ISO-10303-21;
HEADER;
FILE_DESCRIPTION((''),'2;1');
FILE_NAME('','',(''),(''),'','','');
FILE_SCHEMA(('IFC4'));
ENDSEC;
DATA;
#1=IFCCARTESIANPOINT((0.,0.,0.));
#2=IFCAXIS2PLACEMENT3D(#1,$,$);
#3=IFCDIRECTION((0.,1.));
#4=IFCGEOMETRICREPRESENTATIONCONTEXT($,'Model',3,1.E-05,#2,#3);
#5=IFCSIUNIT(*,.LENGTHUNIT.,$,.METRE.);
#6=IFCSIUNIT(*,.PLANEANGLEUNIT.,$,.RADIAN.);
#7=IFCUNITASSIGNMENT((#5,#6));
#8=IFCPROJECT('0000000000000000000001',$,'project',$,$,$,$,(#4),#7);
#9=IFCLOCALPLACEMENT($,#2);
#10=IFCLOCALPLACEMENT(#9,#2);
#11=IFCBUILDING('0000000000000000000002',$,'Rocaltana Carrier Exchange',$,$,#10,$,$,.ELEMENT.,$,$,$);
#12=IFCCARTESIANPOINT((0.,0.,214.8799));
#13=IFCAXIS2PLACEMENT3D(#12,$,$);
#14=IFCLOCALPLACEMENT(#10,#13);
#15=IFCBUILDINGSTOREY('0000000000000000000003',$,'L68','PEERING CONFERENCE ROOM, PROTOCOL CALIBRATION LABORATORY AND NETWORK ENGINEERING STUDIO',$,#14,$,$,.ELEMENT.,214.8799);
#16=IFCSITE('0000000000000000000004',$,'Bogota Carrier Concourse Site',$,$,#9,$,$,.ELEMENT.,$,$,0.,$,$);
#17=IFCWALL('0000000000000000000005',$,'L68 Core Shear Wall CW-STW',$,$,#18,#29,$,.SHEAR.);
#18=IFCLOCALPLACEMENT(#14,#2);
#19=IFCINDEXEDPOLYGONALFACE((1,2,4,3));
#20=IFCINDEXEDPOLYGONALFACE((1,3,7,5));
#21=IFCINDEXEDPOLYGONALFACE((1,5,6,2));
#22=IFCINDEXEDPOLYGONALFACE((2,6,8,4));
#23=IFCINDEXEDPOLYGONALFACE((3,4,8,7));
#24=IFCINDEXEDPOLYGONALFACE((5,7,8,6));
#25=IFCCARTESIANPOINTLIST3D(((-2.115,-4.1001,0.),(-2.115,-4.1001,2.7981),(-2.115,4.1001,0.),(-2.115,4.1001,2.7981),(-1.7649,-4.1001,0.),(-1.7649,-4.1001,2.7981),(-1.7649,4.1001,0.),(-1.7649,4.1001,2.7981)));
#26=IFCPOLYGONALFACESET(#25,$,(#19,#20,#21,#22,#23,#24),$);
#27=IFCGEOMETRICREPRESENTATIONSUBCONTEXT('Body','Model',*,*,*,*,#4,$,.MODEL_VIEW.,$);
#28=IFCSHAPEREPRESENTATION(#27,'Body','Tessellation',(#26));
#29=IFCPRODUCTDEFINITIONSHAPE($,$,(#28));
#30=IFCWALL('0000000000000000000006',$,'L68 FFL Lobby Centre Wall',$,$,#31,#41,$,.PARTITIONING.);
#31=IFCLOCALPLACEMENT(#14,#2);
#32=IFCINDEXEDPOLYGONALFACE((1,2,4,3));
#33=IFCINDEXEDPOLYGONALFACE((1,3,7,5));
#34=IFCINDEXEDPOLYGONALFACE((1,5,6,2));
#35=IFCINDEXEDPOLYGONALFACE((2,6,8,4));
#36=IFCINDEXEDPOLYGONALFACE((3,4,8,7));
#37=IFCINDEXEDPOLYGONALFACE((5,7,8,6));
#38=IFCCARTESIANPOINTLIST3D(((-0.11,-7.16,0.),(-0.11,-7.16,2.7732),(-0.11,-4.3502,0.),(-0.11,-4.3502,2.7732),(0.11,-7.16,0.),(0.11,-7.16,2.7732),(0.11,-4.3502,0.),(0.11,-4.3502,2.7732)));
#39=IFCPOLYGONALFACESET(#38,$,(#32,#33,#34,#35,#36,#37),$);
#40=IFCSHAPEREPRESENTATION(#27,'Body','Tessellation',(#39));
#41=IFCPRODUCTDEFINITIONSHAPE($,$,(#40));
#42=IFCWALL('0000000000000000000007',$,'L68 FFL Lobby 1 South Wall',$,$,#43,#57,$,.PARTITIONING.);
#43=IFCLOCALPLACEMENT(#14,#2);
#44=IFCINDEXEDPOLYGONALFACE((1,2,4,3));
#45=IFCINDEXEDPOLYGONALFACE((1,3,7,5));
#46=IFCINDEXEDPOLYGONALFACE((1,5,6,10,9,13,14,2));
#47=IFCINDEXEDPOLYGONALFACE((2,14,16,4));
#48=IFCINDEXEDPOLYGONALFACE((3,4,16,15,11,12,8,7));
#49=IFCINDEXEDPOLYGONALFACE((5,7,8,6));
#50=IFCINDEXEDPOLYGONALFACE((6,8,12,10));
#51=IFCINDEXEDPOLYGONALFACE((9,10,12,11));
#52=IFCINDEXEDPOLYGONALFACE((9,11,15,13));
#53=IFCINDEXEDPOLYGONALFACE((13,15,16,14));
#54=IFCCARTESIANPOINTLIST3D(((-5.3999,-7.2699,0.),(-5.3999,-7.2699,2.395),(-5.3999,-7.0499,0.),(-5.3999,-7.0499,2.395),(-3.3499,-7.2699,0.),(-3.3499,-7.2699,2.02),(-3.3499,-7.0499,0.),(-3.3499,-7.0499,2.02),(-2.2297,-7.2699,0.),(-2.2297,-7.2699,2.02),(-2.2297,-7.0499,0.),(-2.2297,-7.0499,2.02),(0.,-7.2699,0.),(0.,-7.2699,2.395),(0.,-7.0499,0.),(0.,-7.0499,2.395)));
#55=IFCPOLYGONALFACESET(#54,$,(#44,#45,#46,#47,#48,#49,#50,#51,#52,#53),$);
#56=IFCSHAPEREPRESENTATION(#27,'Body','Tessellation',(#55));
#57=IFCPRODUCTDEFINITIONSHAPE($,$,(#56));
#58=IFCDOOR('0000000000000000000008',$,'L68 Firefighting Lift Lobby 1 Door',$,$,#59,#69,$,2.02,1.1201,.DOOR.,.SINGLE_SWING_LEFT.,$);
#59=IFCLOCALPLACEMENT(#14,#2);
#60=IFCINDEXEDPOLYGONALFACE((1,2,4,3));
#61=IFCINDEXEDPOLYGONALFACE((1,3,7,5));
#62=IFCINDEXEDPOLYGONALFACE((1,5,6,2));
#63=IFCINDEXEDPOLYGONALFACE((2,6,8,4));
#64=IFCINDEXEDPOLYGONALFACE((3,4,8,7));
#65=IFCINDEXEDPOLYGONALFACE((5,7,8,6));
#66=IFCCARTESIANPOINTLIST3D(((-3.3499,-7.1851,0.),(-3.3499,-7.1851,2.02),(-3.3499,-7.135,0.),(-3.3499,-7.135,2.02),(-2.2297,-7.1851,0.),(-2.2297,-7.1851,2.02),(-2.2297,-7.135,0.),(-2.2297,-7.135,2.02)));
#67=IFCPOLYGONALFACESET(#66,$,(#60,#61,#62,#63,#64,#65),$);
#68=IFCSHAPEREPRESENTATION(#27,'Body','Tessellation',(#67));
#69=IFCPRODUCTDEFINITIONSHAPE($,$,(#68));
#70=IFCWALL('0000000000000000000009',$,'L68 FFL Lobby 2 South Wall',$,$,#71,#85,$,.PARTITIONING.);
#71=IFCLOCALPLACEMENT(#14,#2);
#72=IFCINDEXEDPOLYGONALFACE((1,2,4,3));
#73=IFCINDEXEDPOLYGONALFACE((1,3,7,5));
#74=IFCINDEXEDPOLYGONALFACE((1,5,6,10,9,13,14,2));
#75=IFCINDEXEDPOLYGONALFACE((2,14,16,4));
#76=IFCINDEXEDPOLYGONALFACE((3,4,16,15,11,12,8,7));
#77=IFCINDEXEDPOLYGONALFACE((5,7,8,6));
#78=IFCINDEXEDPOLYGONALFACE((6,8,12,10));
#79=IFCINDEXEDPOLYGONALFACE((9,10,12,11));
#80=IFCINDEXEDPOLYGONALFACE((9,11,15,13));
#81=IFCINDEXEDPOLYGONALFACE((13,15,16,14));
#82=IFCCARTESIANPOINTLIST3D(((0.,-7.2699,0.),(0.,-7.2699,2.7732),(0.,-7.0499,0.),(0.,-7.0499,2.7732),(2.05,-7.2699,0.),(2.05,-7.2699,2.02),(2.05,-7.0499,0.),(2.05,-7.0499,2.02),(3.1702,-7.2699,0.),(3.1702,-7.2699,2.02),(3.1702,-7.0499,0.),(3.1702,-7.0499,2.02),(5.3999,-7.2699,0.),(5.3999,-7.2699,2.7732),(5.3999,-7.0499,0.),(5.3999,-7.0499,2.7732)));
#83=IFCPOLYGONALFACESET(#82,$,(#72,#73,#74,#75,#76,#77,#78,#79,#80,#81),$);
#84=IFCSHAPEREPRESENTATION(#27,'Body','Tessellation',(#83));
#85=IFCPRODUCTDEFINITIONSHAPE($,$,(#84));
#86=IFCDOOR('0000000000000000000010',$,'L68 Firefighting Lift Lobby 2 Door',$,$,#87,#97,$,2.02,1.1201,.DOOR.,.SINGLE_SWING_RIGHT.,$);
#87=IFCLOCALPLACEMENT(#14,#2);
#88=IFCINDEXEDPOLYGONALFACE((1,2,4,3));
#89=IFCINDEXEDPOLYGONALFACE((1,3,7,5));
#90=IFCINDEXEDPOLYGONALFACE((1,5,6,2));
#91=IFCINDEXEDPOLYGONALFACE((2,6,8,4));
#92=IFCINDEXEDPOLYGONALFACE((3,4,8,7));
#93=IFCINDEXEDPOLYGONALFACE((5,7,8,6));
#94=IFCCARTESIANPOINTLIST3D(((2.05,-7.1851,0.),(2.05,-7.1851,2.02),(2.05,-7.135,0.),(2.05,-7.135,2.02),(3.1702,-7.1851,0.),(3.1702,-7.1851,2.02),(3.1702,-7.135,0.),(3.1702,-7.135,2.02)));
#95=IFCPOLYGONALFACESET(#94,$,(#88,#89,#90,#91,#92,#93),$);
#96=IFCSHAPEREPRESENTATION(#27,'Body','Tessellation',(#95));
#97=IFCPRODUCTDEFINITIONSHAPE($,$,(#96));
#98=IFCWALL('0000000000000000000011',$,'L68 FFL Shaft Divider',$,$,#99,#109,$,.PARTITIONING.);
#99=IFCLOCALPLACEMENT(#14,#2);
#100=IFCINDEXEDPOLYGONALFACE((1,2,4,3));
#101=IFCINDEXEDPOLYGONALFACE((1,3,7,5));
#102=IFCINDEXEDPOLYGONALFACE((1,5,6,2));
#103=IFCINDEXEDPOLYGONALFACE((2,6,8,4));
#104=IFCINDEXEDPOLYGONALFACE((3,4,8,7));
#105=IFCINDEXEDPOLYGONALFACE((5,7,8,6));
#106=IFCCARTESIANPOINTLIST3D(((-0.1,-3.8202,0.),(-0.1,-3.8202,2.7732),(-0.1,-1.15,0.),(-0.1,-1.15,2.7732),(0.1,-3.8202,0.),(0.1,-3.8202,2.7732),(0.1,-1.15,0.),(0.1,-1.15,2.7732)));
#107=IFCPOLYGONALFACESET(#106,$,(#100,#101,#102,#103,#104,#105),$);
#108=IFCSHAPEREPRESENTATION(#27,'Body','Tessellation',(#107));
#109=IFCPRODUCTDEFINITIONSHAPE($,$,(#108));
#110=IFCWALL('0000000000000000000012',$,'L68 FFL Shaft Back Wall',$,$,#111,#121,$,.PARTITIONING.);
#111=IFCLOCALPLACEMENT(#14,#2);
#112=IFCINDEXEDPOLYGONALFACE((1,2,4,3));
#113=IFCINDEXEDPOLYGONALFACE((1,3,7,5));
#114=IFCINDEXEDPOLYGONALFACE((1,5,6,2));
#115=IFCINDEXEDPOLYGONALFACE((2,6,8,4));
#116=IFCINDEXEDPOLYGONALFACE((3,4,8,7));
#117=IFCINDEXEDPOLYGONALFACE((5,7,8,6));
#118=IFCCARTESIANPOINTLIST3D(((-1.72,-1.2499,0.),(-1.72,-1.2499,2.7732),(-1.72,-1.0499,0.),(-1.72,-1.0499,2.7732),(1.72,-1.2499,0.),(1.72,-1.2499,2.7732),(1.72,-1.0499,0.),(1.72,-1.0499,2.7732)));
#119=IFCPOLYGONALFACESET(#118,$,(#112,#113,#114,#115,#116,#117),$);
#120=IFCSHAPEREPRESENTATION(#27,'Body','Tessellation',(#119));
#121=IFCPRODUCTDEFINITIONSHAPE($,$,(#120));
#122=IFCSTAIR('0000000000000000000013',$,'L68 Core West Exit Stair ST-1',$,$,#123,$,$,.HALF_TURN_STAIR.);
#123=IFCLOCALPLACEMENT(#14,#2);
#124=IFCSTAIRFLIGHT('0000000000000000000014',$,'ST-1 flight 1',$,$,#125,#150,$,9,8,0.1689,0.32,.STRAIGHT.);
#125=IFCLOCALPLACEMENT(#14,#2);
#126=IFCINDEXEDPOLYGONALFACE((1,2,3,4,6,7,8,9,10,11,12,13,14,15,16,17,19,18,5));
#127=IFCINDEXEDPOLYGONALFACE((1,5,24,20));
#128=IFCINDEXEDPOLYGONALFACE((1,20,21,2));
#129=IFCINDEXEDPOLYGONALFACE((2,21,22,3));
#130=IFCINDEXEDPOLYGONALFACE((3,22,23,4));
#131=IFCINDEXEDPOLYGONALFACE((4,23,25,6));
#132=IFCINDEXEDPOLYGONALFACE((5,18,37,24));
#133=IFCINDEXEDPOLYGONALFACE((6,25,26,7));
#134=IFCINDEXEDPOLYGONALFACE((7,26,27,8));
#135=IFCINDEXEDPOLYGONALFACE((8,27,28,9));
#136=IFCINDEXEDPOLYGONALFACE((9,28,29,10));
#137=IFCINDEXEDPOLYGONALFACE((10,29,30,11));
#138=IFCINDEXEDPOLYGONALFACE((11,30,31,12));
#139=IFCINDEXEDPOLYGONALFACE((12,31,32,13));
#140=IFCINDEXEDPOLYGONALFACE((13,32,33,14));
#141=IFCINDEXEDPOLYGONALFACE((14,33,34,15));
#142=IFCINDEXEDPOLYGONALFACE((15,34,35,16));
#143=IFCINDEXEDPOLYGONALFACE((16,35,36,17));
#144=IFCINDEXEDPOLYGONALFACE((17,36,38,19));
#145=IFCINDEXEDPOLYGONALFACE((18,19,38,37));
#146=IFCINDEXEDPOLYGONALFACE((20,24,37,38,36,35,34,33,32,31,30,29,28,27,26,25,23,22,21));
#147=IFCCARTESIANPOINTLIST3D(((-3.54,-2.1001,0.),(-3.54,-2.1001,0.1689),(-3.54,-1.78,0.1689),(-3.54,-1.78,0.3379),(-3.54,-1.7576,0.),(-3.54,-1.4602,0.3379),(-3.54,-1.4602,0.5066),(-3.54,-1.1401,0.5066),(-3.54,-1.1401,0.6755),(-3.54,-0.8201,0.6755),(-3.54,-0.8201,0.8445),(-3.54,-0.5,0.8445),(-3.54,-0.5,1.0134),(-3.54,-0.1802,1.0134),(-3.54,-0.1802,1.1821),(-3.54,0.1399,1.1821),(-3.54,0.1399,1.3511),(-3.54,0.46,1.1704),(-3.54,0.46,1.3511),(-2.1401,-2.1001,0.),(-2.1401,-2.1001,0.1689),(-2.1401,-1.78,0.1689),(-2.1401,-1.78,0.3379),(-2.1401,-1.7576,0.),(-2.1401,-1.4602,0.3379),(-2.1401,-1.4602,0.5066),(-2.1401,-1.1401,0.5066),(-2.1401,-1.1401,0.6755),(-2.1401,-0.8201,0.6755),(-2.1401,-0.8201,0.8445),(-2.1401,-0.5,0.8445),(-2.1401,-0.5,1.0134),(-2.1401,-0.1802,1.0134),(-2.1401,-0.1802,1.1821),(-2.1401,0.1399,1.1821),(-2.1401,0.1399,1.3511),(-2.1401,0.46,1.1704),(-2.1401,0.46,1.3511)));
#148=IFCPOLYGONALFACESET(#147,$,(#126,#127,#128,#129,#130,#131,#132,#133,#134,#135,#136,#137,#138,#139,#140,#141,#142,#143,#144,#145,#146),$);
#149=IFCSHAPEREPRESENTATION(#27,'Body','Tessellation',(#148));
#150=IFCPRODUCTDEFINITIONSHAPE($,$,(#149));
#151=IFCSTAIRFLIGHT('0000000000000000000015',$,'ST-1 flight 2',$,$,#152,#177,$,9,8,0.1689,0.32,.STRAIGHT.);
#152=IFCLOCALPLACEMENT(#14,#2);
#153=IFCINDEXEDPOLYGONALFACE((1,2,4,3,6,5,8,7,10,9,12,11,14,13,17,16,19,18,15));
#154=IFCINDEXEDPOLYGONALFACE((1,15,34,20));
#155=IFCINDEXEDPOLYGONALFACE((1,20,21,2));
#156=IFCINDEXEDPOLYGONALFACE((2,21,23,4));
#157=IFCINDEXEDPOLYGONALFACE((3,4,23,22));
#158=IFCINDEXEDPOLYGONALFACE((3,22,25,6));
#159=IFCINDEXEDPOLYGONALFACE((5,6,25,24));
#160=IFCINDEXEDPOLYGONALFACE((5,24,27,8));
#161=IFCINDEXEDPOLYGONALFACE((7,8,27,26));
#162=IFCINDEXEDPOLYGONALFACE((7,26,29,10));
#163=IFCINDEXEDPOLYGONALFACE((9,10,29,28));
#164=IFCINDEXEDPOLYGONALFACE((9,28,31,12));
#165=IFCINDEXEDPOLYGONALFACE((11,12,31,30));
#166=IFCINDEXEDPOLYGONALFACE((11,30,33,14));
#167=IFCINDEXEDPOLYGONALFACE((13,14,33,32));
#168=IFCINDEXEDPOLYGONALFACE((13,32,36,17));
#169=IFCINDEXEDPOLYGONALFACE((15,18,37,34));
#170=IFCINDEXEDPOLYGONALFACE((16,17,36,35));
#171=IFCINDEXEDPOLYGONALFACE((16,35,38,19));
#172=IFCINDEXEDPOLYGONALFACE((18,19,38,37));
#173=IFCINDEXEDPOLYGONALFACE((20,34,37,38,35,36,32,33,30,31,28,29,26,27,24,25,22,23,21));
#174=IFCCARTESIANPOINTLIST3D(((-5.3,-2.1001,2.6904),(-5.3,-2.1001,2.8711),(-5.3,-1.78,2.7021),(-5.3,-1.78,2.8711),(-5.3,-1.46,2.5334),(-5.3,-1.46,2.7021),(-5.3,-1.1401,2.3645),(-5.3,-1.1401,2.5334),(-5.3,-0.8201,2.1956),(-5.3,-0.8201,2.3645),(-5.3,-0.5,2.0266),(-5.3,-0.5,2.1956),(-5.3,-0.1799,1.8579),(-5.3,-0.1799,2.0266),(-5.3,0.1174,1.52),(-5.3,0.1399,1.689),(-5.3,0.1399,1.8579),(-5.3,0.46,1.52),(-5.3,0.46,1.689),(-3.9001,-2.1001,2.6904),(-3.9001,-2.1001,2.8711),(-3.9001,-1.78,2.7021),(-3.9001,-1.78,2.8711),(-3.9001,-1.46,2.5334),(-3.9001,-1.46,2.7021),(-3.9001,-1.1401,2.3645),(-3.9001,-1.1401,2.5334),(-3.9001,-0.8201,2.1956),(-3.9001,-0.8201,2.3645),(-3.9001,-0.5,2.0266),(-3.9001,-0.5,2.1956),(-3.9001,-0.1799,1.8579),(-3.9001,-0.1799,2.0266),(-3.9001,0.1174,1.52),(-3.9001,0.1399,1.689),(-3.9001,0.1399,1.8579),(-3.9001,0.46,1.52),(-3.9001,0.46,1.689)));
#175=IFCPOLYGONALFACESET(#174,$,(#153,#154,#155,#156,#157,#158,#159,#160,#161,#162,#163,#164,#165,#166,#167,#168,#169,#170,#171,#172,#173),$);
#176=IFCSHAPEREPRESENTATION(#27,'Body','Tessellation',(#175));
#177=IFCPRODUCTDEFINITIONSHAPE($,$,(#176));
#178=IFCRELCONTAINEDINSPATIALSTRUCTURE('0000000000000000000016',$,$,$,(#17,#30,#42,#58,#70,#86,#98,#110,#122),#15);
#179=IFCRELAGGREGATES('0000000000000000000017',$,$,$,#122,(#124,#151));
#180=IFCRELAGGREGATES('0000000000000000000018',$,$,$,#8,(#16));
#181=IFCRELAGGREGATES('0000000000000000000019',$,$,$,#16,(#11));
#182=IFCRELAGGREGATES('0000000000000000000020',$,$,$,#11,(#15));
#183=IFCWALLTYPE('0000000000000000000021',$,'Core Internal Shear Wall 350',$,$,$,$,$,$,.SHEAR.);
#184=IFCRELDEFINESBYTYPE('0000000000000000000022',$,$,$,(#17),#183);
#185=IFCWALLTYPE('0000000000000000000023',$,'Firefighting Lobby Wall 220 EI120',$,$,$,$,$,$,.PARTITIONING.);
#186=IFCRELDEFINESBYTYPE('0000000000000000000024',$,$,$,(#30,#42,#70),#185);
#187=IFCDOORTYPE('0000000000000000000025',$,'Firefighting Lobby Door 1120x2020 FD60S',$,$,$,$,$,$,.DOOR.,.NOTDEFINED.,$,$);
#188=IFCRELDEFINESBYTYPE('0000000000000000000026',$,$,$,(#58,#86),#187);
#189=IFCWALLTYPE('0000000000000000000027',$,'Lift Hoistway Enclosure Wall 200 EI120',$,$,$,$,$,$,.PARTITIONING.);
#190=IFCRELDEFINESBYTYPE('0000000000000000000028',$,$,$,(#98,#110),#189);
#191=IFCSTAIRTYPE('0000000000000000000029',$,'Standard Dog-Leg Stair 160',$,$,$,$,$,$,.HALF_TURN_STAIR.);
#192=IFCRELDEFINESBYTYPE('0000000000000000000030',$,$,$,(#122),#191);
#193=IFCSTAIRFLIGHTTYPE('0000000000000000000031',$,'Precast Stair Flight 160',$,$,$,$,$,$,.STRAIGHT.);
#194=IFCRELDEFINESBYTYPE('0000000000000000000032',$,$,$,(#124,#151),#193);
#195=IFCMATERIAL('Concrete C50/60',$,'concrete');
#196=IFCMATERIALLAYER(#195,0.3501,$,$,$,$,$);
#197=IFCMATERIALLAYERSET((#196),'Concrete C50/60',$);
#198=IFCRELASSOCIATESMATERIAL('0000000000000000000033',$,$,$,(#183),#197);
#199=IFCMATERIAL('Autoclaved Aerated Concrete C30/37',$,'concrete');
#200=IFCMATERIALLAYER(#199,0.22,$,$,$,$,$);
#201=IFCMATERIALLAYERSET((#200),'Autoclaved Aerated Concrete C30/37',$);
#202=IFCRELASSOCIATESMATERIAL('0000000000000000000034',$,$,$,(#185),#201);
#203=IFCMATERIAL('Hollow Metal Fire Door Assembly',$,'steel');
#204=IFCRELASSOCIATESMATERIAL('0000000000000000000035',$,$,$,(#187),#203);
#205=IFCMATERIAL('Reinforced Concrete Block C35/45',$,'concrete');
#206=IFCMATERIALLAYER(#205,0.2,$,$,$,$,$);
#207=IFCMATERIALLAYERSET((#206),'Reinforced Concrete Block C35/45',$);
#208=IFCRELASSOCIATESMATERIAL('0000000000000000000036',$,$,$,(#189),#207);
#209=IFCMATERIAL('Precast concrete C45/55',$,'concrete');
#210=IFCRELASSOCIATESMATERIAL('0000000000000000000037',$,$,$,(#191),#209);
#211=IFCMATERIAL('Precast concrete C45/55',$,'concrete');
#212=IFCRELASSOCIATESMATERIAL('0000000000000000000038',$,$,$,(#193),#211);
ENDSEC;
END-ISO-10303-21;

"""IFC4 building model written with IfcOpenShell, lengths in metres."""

from ifc_helpers import new_model, si_unit, direction, frame, frame_2d, origin, place, context, subcontext, project, spatial, polyline, rectangle, outline, extrude, material, layer, layer_set, type_object, element, fill, aggregate, save


model = new_model("IFC4")

# Units and contexts
model_context = context("Model", 3, precision=1e-05, world=origin(), true_north=direction((0.0, 1.0)))
body_context = subcontext(model_context, "Body", "Model", "MODEL_VIEW")
ifc_project = project(units=[si_unit("LENGTHUNIT", "METRE"), si_unit("PLANEANGLEUNIT", "RADIAN")], contexts=[model_context])

# Site, building, storey
site_placement = place(None, origin())
site = spatial("IfcSite", under=ifc_project, at=site_placement, Name="Bogota Carrier Concourse Site", CompositionType="ELEMENT", RefElevation=0.0)
building_placement = place(site_placement, origin())
building = spatial("IfcBuilding", under=site, at=building_placement, Name="Rocaltana Carrier Exchange", CompositionType="ELEMENT")
storey_placement = place(building_placement, frame((0.0, 0.0, 214.8799)))
storey = spatial("IfcBuildingStorey", under=building, at=storey_placement, Name="L68", Description="PEERING CONFERENCE ROOM, PROTOCOL CALIBRATION LABORATORY AND NETWORK ENGINEERING STUDIO", CompositionType="ELEMENT", Elevation=214.8799)

# Walls
ifc_material_1 = material(Name="Concrete C50/60", Category="concrete")
ifc_layer_1 = layer(ifc_material_1, 0.3501)
ifc_layer_set_1 = layer_set([ifc_layer_1], Name="Concrete C50/60")
wall_type_1 = type_object("IfcWallType", Name="Core Internal Shear Wall 350", PredefinedType="SHEAR", material=ifc_layer_set_1)
wall_1_placement = place(storey_placement, frame((-1.9399, -4.1001, 0.0), z_axis=(0.0, 0.0, 1.0), x_axis=(0.0, 1.0, 0.0)))
element("IfcWall", 1, at=wall_1_placement, inside=storey, type_object=wall_type_1, Name="L68 Core Shear Wall CW-STW", PredefinedType="SHEAR", context=body_context, shape_type="SweptSolid", body=[
    extrude(rectangle(XDim=8.2002, YDim=0.3501, at=frame_2d((4.1001, 0.0))), origin(), (0.0, 0.0, 1.0), 2.7981),
])
ifc_material_2 = material(Name="Autoclaved Aerated Concrete C30/37", Category="concrete")
ifc_layer_2 = layer(ifc_material_2, 0.22)
ifc_layer_set_2 = layer_set([ifc_layer_2], Name="Autoclaved Aerated Concrete C30/37")
wall_type_2 = type_object("IfcWallType", Name="Firefighting Lobby Wall 220 EI120", PredefinedType="PARTITIONING", material=ifc_layer_set_2)
wall_2_placement = place(storey_placement, frame((0.0, -7.1599, 0.0), z_axis=(0.0, 0.0, 1.0), x_axis=(0.0, 1.0, 0.0)))
element("IfcWall", 2, at=wall_2_placement, inside=storey, type_object=wall_type_2, Name="L68 FFL Lobby Centre Wall", PredefinedType="PARTITIONING", context=body_context, shape_type="SweptSolid", body=[
    extrude(rectangle(XDim=2.8098, YDim=0.22, at=frame_2d((1.4048, 0.0))), origin(), (0.0, 0.0, 1.0), 2.7732),
])

# Walls, openings, doors
wall_3_placement = place(storey_placement, frame((-5.3999, -7.1599, 0.0), z_axis=(0.0, 0.0, 1.0), x_axis=(1.0, 0.0, 0.0)))
wall_3 = element("IfcWall", 3, at=wall_3_placement, inside=storey, type_object=wall_type_2, Name="L68 FFL Lobby 1 South Wall", PredefinedType="PARTITIONING", context=body_context, shape_type="SweptSolid", body=[
    extrude(rectangle(XDim=5.3999, YDim=0.22, at=frame_2d((2.7, 0.0))), origin(), (0.0, 0.0, 1.0), 2.395),
])
opening_1_placement = place(wall_3_placement, frame((2.05, 0.0, 0.0)))
opening_1 = element("IfcOpeningElement", 4, at=opening_1_placement, cuts=wall_3, PredefinedType="OPENING", context=body_context, shape_type="SweptSolid", body=[
    extrude(rectangle(XDim=1.1201, YDim=2.02, at=frame_2d((0.5601, 1.01))), frame((0.0, 0.1199, 0.0), z_axis=(0.0, -1.0, 0.0), x_axis=(1.0, 0.0, 0.0)), (0.0, 0.0, 1.0), 0.24),
])
ifc_material_3 = material(Name="Hollow Metal Fire Door Assembly", Category="steel")
door_type = type_object("IfcDoorType", Name="Firefighting Lobby Door 1120x2020 FD60S", OperationType="NOTDEFINED", PredefinedType="DOOR", material=ifc_material_3)
door_1_placement = place(opening_1_placement, origin())
door_1 = element("IfcDoor", 5, at=door_1_placement, inside=storey, type_object=door_type, Name="L68 Firefighting Lift Lobby 1 Door", OperationType="SINGLE_SWING_LEFT", OverallHeight=2.02, OverallWidth=1.1201, PredefinedType="DOOR", context=body_context, shape_type="SweptSolid", body=[
    extrude(rectangle(XDim=1.1201, YDim=2.02, at=frame_2d((0.5601, 1.01))), frame((0.0, 0.0249, 0.0), z_axis=(0.0, -1.0, 0.0), x_axis=(1.0, 0.0, 0.0)), (0.0, 0.0, 1.0), 0.05),
])
fill(opening_1, door_1)
wall_4_placement = place(storey_placement, frame((0.0, -7.1599, 0.0), z_axis=(0.0, 0.0, 1.0), x_axis=(1.0, 0.0, 0.0)))
wall_4 = element("IfcWall", 6, at=wall_4_placement, inside=storey, type_object=wall_type_2, Name="L68 FFL Lobby 2 South Wall", PredefinedType="PARTITIONING", context=body_context, shape_type="SweptSolid", body=[
    extrude(rectangle(XDim=5.3999, YDim=0.22, at=frame_2d((2.7, 0.0))), origin(), (0.0, 0.0, 1.0), 2.7732),
])
opening_2_placement = place(wall_4_placement, frame((2.05, 0.0, 0.0)))
opening_2 = element("IfcOpeningElement", 7, at=opening_2_placement, cuts=wall_4, PredefinedType="OPENING", context=body_context, shape_type="SweptSolid", body=[
    extrude(rectangle(XDim=1.1201, YDim=2.02, at=frame_2d((0.5601, 1.01))), frame((0.0, 0.1199, 0.0), z_axis=(0.0, -1.0, 0.0), x_axis=(1.0, 0.0, 0.0)), (0.0, 0.0, 1.0), 0.24),
])
door_2_placement = place(opening_2_placement, origin())
door_2 = element("IfcDoor", 8, at=door_2_placement, inside=storey, type_object=door_type, Name="L68 Firefighting Lift Lobby 2 Door", OperationType="SINGLE_SWING_RIGHT", OverallHeight=2.02, OverallWidth=1.1201, PredefinedType="DOOR", context=body_context, shape_type="SweptSolid", body=[
    extrude(rectangle(XDim=1.1201, YDim=2.02, at=frame_2d((0.5601, 1.01))), frame((0.0, 0.0249, 0.0), z_axis=(0.0, -1.0, 0.0), x_axis=(1.0, 0.0, 0.0)), (0.0, 0.0, 1.0), 0.05),
])
fill(opening_2, door_2)

# Walls
ifc_material_4 = material(Name="Reinforced Concrete Block C35/45", Category="concrete")
ifc_layer_3 = layer(ifc_material_4, 0.2)
ifc_layer_set_3 = layer_set([ifc_layer_3], Name="Reinforced Concrete Block C35/45")
wall_type_3 = type_object("IfcWallType", Name="Lift Hoistway Enclosure Wall 200 EI120", PredefinedType="PARTITIONING", material=ifc_layer_set_3)
wall_5_placement = place(storey_placement, frame((0.0, -3.8201, 0.0), z_axis=(0.0, 0.0, 1.0), x_axis=(0.0, 1.0, 0.0)))
element("IfcWall", 9, at=wall_5_placement, inside=storey, type_object=wall_type_3, Name="L68 FFL Shaft Divider", PredefinedType="PARTITIONING", context=body_context, shape_type="SweptSolid", body=[
    extrude(rectangle(XDim=2.6702, YDim=0.2, at=frame_2d((1.335, 0.0))), origin(), (0.0, 0.0, 1.0), 2.7732),
])
wall_6_placement = place(storey_placement, frame((-1.72, -1.1499, 0.0), z_axis=(0.0, 0.0, 1.0), x_axis=(1.0, 0.0, 0.0)))
element("IfcWall", 10, at=wall_6_placement, inside=storey, type_object=wall_type_3, Name="L68 FFL Shaft Back Wall", PredefinedType="PARTITIONING", context=body_context, shape_type="SweptSolid", body=[
    extrude(rectangle(XDim=3.4399, YDim=0.2, at=frame_2d((1.72, 0.0))), origin(), (0.0, 0.0, 1.0), 2.7732),
])

# Stair, stair flights
ifc_material_5 = material(Name="Precast concrete C45/55", Category="concrete")
stair_type = type_object("IfcStairType", Name="Standard Dog-Leg Stair 160", PredefinedType="HALF_TURN_STAIR", material=ifc_material_5)
stair_placement = place(storey_placement, origin())
stair = element("IfcStair", 11, at=stair_placement, inside=storey, type_object=stair_type, Name="L68 Core West Exit Stair ST-1", PredefinedType="HALF_TURN_STAIR")
ifc_material_6 = material(Name="Precast concrete C45/55", Category="concrete")
stair_flight_type = type_object("IfcStairFlightType", Name="Precast Stair Flight 160", PredefinedType="STRAIGHT", material=ifc_material_6)
stair_flight_1_placement = place(storey_placement, frame((-2.8401, -2.1001, 0.0), z_axis=(0.0, 0.0, 1.0), x_axis=(0.0, 1.0, 0.0)))
stair_flight_1 = element("IfcStairFlight", 12, at=stair_flight_1_placement, type_object=stair_flight_type, Name="ST-1 flight 1", NumberOfRisers=9, NumberOfTreads=8, PredefinedType="STRAIGHT", RiserHeight=0.1689, TreadLength=0.32, context=body_context, shape_type="SweptSolid", body=[
    extrude(outline(polyline([(0.0, 0.0), (0.0, 0.1689), (0.3201, 0.1689), (0.3201, 0.3379), (0.6399, 0.3379), (0.6399, 0.5066), (0.96, 0.5066), (0.96, 0.6755), (1.28, 0.6755), (1.28, 0.8445), (1.6001, 0.8445), (1.6001, 1.0134), (1.9199, 1.0134), (1.9199, 1.1821), (2.24, 1.1821), (2.24, 1.3511), (2.5601, 1.3511), (2.5601, 1.52), (2.5601, 1.1704), (0.3425, 0.0), (0.0, 0.0)])), frame((0.0, 0.7, 0.0), z_axis=(0.0, -1.0, 0.0), x_axis=(1.0, 0.0, 0.0)), (0.0, 0.0, 1.0), 1.3999),
])
stair_flight_2_placement = place(storey_placement, frame((-4.6001, 0.46, 1.52), z_axis=(0.0, 0.0, 1.0), x_axis=(0.0, -1.0, 0.0)))
stair_flight_2 = element("IfcStairFlight", 13, at=stair_flight_2_placement, type_object=stair_flight_type, Name="ST-1 flight 2", NumberOfRisers=9, NumberOfTreads=8, PredefinedType="STRAIGHT", RiserHeight=0.1689, TreadLength=0.32, context=body_context, shape_type="SweptSolid", body=[
    extrude(outline(polyline([(0.0, 0.0), (0.0, 0.1689), (0.3201, 0.1689), (0.3201, 0.3379), (0.6399, 0.3379), (0.6399, 0.5066), (0.96, 0.5066), (0.96, 0.6755), (1.28, 0.6755), (1.28, 0.8445), (1.6001, 0.8445), (1.6001, 1.0134), (1.9199, 1.0134), (1.9199, 1.1821), (2.24, 1.1821), (2.24, 1.3511), (2.5601, 1.3511), (2.5601, 1.52), (2.5601, 1.1704), (0.3425, 0.0), (0.0, 0.0)])), frame((0.0, 0.7, 0.0), z_axis=(0.0, -1.0, 0.0), x_axis=(1.0, 0.0, 0.0)), (0.0, 0.0, 1.0), 1.3999),
])
aggregate(stair, [stair_flight_1, stair_flight_2])

save(model, "model.ifc")
